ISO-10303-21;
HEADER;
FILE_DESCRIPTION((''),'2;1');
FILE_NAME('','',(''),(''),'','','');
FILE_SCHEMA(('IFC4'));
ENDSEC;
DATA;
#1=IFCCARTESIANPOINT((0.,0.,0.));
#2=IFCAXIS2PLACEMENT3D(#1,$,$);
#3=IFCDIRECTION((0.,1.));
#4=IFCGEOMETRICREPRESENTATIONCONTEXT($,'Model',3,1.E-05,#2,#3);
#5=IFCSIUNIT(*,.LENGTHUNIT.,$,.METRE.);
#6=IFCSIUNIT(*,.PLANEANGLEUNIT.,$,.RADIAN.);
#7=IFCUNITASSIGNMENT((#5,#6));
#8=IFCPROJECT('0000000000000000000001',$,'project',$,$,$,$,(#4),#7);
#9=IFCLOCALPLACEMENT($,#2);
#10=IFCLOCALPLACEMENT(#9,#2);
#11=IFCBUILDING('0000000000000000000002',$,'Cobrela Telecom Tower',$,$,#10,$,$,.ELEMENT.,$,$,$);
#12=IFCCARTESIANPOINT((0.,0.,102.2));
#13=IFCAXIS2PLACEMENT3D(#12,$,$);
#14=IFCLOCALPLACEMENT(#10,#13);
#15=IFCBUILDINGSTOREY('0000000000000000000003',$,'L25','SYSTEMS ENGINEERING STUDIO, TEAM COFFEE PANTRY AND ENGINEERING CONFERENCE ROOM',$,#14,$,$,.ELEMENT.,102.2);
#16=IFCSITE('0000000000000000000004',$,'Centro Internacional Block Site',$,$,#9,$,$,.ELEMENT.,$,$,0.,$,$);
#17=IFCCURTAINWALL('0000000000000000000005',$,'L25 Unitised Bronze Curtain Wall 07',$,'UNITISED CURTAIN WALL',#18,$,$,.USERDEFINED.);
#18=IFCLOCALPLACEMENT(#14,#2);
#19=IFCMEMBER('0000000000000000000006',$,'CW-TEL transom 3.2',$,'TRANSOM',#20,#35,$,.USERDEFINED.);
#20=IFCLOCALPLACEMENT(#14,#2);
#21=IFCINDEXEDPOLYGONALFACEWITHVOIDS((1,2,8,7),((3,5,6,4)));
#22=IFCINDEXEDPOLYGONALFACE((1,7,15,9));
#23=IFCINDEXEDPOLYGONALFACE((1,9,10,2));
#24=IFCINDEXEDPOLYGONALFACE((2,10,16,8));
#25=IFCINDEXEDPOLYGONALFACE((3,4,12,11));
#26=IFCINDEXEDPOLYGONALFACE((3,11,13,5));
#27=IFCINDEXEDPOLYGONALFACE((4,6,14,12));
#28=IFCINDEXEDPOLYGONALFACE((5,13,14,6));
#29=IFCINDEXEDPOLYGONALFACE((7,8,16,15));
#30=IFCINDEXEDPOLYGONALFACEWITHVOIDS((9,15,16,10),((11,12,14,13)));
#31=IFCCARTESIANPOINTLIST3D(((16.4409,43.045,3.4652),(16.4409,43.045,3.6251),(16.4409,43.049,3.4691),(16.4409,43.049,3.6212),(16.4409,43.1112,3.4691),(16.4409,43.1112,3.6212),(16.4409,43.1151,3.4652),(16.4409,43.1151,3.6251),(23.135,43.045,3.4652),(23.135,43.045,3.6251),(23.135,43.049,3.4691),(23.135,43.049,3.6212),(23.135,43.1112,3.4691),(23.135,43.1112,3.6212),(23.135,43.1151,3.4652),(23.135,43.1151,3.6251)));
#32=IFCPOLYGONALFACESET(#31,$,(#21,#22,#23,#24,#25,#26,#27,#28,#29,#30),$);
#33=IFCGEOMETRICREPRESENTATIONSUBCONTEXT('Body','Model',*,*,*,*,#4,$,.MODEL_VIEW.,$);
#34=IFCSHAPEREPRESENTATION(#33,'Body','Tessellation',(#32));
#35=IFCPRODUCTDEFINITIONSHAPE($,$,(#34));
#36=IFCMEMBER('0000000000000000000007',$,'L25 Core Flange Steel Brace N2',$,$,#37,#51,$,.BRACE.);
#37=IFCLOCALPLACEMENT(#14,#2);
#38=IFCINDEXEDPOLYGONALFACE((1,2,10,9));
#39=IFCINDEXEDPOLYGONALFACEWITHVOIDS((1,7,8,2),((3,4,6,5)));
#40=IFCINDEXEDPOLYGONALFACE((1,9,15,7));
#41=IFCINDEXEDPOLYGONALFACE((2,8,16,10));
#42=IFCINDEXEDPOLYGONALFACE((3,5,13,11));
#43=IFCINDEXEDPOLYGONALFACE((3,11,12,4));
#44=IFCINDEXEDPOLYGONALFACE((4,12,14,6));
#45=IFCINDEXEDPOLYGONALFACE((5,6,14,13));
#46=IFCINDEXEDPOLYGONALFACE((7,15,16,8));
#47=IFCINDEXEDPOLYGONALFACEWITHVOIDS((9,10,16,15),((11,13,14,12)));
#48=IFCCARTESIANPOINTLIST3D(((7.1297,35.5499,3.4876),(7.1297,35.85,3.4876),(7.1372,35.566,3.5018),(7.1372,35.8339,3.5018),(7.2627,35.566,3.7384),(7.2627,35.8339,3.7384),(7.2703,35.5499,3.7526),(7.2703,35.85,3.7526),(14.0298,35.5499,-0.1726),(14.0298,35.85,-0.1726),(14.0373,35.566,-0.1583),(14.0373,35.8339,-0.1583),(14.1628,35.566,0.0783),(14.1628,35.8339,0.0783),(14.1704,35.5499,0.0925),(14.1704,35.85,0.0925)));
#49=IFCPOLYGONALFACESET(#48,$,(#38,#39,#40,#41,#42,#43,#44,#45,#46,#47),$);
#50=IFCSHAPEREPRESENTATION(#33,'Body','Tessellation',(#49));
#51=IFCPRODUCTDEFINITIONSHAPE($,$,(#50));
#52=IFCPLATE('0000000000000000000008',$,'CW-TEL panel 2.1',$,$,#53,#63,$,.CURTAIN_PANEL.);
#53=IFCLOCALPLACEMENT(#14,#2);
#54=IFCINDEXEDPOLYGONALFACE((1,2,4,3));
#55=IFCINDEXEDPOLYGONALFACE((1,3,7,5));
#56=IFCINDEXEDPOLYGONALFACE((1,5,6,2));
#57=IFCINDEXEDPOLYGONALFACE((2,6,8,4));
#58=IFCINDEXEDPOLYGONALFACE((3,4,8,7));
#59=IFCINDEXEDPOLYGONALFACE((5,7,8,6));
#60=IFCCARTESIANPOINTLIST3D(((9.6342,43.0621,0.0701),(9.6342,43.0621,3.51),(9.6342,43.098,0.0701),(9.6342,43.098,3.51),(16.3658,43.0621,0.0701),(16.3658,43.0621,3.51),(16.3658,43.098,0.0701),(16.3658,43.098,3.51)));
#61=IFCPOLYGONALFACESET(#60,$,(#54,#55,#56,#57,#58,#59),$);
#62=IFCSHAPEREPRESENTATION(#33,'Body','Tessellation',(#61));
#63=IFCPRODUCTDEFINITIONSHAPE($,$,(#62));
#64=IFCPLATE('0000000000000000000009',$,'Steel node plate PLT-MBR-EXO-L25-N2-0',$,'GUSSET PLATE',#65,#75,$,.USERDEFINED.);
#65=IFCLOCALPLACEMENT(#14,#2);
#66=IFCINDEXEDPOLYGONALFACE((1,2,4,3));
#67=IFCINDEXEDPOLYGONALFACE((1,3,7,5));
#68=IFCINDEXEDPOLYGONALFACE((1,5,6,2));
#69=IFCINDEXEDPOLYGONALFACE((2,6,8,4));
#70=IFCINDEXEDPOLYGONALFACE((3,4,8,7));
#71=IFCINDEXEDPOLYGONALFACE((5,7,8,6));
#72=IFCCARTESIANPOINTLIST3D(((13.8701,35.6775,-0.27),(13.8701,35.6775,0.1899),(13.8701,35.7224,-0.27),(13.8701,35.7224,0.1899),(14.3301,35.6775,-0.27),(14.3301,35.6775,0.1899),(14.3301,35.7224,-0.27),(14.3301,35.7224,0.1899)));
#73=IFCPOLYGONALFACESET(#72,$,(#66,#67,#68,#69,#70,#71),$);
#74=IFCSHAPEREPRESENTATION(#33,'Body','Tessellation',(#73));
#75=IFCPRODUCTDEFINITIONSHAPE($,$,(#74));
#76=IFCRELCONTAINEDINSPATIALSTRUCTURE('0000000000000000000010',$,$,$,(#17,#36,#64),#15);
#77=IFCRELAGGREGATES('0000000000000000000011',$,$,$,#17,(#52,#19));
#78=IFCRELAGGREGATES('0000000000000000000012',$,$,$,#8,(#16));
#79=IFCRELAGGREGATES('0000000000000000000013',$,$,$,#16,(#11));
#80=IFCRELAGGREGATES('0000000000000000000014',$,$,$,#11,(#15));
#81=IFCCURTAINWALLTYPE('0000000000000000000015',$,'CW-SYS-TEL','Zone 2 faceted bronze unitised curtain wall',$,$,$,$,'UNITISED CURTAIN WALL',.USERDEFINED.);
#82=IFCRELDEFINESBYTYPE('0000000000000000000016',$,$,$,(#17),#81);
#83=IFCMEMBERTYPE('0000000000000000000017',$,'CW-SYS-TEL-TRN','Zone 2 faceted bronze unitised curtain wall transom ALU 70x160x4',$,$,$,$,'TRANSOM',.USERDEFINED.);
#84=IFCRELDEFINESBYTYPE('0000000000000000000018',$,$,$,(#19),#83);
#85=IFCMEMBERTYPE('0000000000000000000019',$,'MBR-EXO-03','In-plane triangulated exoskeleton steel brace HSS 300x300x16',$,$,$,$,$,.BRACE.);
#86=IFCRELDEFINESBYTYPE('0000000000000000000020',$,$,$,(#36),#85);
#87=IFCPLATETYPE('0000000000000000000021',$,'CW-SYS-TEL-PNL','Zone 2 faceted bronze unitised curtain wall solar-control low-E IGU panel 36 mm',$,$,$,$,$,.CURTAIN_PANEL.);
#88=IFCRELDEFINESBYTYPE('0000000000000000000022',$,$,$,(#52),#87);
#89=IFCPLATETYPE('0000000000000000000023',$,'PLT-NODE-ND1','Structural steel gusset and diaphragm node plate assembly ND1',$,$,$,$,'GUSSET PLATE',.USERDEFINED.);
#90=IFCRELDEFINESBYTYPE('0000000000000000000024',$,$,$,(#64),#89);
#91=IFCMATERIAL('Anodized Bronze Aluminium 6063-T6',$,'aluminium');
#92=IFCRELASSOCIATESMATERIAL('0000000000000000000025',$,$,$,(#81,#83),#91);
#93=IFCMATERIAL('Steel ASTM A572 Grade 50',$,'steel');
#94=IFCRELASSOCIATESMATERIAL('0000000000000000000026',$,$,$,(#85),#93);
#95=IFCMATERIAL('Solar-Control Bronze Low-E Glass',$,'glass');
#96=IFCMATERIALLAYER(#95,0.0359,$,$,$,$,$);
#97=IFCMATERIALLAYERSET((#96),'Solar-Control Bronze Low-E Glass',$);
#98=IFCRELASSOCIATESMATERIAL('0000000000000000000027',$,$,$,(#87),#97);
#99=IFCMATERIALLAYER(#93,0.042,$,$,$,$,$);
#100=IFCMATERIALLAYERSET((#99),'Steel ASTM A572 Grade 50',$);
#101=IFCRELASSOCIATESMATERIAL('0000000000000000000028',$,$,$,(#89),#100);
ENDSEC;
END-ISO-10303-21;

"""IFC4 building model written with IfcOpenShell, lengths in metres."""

from ifc_helpers import new_model, si_unit, direction, frame, origin, origin_2d, place, context, subcontext, project, spatial, rectangle, hollow_rectangle, extrude, material, layer, layer_set, material_profile, profile_set, type_object, element, aggregate, save


model = new_model("IFC4")

# Units and contexts
model_context = context("Model", 3, precision=1e-05, world=origin(), true_north=direction((0.0, 1.0)))
body_context = subcontext(model_context, "Body", "Model", "MODEL_VIEW")
ifc_project = project(units=[si_unit("LENGTHUNIT", "METRE"), si_unit("PLANEANGLEUNIT", "RADIAN")], contexts=[model_context])

# Site, building, storey
site_placement = place(None, origin())
site = spatial("IfcSite", under=ifc_project, at=site_placement, Name="Centro Internacional Block Site", CompositionType="ELEMENT", RefElevation=0.0)
building_placement = place(site_placement, origin())
building = spatial("IfcBuilding", under=site, at=building_placement, Name="Cobrela Telecom Tower", CompositionType="ELEMENT")
storey_placement = place(building_placement, frame((0.0, 0.0, 102.2)))
storey = spatial("IfcBuildingStorey", under=building, at=storey_placement, Name="L25", Description="SYSTEMS ENGINEERING STUDIO, TEAM COFFEE PANTRY AND ENGINEERING CONFERENCE ROOM", CompositionType="ELEMENT", Elevation=102.2)

# Shared definitions
ifc_material_1 = material(Name="Steel ASTM A572 Grade 50", Category="steel")

# Curtain wall, member
ifc_material_2 = material(Name="Anodized Bronze Aluminium 6063-T6", Category="aluminium")
curtain_wall_type = type_object("IfcCurtainWallType", Name="CW-SYS-TEL", Description="Zone 2 faceted bronze unitised curtain wall", ElementType="UNITISED CURTAIN WALL", PredefinedType="USERDEFINED", material=ifc_material_2)
curtain_wall_placement = place(storey_placement, origin())
curtain_wall = element("IfcCurtainWall", 1, at=curtain_wall_placement, inside=storey, type_object=curtain_wall_type, Name="L25 Unitised Bronze Curtain Wall 07", ObjectType="UNITISED CURTAIN WALL", PredefinedType="USERDEFINED")
ifc_material_profile_1 = material_profile(ifc_material_2, hollow_rectangle(XDim=0.0701, YDim=0.1599, WallThickness=0.0039, at=origin_2d()), Name="ALU 70x160x4")
ifc_profile_set_1 = profile_set([ifc_material_profile_1], Name="Anodized Bronze Aluminium 6063-T6")
member_type_1 = type_object("IfcMemberType", Name="CW-SYS-TEL-TRN", Description="Zone 2 faceted bronze unitised curtain wall transom ALU 70x160x4", ElementType="TRANSOM", PredefinedType="USERDEFINED", material=ifc_profile_set_1)
member_1_placement = place(storey_placement, frame((16.4409, 43.0801, 3.5452), z_axis=(1.0, 0.0, 0.0), x_axis=(0.0, 1.0, 0.0)))
member_1 = element("IfcMember", 2, at=member_1_placement, type_object=member_type_1, Name="CW-TEL transom 3.2", ObjectType="TRANSOM", PredefinedType="USERDEFINED", context=body_context, shape_type="SweptSolid", body=[
    extrude(hollow_rectangle(XDim=0.0701, YDim=0.1599, WallThickness=0.0039, at=origin_2d()), origin(), (0.0, 0.0, 1.0), 6.6941),
])

# Member
ifc_material_profile_2 = material_profile(ifc_material_1, hollow_rectangle(XDim=0.3, YDim=0.3, WallThickness=0.0161, at=origin_2d()), Name="HSS 300x300x16")
ifc_profile_set_2 = profile_set([ifc_material_profile_2], Name="Steel ASTM A572 Grade 50")
member_type_2 = type_object("IfcMemberType", Name="MBR-EXO-03", Description="In-plane triangulated exoskeleton steel brace HSS 300x300x16", PredefinedType="BRACE", material=ifc_profile_set_2)
member_2_placement = place(storey_placement, frame((14.1001, 35.7, -0.04), z_axis=(-0.88341, 0.0, 0.468601), x_axis=(0.0, -1.0, 0.0)))
element("IfcMember", 3, at=member_2_placement, inside=storey, type_object=member_type_2, Name="L25 Core Flange Steel Brace N2", PredefinedType="BRACE", context=body_context, shape_type="SweptSolid", body=[
    extrude(hollow_rectangle(XDim=0.3, YDim=0.3, WallThickness=0.0161, at=origin_2d()), origin(), (0.0, 0.0, 1.0), 7.8108),
])

# Plates
ifc_material_3 = material(Name="Solar-Control Bronze Low-E Glass", Category="glass")
ifc_layer_1 = layer(ifc_material_3, 0.0359)
ifc_layer_set_1 = layer_set([ifc_layer_1], Name="Solar-Control Bronze Low-E Glass")
plate_type_1 = type_object("IfcPlateType", Name="CW-SYS-TEL-PNL", Description="Zone 2 faceted bronze unitised curtain wall solar-control low-E IGU panel 36 mm", PredefinedType="CURTAIN_PANEL", material=ifc_layer_set_1)
plate_1_placement = place(storey_placement, frame((13.0, 43.0801, 0.0701), z_axis=(0.0, 0.0, 1.0), x_axis=(1.0, 0.0, 0.0)))
plate_1 = element("IfcPlate", 4, at=plate_1_placement, type_object=plate_type_1, Name="CW-TEL panel 2.1", PredefinedType="CURTAIN_PANEL", context=body_context, shape_type="SweptSolid", body=[
    extrude(rectangle(XDim=6.7317, YDim=0.0359, at=origin_2d()), origin(), (0.0, 0.0, 1.0), 3.4399),
])
aggregate(curtain_wall, [plate_1, member_1])
ifc_layer_2 = layer(ifc_material_1, 0.042)
ifc_layer_set_2 = layer_set([ifc_layer_2], Name="Steel ASTM A572 Grade 50")
plate_type_2 = type_object("IfcPlateType", Name="PLT-NODE-ND1", Description="Structural steel gusset and diaphragm node plate assembly ND1", ElementType="GUSSET PLATE", PredefinedType="USERDEFINED", material=ifc_layer_set_2)
plate_2_placement = place(storey_placement, frame((14.1001, 35.7, -0.27), z_axis=(0.0, 0.0, 1.0), x_axis=(-1.0, 0.0, 0.0)))
element("IfcPlate", 5, at=plate_2_placement, inside=storey, type_object=plate_type_2, Name="Steel node plate PLT-MBR-EXO-L25-N2-0", ObjectType="GUSSET PLATE", PredefinedType="USERDEFINED", context=body_context, shape_type="SweptSolid", body=[
    extrude(rectangle(XDim=0.46, YDim=0.0449, at=origin_2d()), origin(), (0.0, 0.0, 1.0), 0.46),
])

save(model, "model.ifc")
